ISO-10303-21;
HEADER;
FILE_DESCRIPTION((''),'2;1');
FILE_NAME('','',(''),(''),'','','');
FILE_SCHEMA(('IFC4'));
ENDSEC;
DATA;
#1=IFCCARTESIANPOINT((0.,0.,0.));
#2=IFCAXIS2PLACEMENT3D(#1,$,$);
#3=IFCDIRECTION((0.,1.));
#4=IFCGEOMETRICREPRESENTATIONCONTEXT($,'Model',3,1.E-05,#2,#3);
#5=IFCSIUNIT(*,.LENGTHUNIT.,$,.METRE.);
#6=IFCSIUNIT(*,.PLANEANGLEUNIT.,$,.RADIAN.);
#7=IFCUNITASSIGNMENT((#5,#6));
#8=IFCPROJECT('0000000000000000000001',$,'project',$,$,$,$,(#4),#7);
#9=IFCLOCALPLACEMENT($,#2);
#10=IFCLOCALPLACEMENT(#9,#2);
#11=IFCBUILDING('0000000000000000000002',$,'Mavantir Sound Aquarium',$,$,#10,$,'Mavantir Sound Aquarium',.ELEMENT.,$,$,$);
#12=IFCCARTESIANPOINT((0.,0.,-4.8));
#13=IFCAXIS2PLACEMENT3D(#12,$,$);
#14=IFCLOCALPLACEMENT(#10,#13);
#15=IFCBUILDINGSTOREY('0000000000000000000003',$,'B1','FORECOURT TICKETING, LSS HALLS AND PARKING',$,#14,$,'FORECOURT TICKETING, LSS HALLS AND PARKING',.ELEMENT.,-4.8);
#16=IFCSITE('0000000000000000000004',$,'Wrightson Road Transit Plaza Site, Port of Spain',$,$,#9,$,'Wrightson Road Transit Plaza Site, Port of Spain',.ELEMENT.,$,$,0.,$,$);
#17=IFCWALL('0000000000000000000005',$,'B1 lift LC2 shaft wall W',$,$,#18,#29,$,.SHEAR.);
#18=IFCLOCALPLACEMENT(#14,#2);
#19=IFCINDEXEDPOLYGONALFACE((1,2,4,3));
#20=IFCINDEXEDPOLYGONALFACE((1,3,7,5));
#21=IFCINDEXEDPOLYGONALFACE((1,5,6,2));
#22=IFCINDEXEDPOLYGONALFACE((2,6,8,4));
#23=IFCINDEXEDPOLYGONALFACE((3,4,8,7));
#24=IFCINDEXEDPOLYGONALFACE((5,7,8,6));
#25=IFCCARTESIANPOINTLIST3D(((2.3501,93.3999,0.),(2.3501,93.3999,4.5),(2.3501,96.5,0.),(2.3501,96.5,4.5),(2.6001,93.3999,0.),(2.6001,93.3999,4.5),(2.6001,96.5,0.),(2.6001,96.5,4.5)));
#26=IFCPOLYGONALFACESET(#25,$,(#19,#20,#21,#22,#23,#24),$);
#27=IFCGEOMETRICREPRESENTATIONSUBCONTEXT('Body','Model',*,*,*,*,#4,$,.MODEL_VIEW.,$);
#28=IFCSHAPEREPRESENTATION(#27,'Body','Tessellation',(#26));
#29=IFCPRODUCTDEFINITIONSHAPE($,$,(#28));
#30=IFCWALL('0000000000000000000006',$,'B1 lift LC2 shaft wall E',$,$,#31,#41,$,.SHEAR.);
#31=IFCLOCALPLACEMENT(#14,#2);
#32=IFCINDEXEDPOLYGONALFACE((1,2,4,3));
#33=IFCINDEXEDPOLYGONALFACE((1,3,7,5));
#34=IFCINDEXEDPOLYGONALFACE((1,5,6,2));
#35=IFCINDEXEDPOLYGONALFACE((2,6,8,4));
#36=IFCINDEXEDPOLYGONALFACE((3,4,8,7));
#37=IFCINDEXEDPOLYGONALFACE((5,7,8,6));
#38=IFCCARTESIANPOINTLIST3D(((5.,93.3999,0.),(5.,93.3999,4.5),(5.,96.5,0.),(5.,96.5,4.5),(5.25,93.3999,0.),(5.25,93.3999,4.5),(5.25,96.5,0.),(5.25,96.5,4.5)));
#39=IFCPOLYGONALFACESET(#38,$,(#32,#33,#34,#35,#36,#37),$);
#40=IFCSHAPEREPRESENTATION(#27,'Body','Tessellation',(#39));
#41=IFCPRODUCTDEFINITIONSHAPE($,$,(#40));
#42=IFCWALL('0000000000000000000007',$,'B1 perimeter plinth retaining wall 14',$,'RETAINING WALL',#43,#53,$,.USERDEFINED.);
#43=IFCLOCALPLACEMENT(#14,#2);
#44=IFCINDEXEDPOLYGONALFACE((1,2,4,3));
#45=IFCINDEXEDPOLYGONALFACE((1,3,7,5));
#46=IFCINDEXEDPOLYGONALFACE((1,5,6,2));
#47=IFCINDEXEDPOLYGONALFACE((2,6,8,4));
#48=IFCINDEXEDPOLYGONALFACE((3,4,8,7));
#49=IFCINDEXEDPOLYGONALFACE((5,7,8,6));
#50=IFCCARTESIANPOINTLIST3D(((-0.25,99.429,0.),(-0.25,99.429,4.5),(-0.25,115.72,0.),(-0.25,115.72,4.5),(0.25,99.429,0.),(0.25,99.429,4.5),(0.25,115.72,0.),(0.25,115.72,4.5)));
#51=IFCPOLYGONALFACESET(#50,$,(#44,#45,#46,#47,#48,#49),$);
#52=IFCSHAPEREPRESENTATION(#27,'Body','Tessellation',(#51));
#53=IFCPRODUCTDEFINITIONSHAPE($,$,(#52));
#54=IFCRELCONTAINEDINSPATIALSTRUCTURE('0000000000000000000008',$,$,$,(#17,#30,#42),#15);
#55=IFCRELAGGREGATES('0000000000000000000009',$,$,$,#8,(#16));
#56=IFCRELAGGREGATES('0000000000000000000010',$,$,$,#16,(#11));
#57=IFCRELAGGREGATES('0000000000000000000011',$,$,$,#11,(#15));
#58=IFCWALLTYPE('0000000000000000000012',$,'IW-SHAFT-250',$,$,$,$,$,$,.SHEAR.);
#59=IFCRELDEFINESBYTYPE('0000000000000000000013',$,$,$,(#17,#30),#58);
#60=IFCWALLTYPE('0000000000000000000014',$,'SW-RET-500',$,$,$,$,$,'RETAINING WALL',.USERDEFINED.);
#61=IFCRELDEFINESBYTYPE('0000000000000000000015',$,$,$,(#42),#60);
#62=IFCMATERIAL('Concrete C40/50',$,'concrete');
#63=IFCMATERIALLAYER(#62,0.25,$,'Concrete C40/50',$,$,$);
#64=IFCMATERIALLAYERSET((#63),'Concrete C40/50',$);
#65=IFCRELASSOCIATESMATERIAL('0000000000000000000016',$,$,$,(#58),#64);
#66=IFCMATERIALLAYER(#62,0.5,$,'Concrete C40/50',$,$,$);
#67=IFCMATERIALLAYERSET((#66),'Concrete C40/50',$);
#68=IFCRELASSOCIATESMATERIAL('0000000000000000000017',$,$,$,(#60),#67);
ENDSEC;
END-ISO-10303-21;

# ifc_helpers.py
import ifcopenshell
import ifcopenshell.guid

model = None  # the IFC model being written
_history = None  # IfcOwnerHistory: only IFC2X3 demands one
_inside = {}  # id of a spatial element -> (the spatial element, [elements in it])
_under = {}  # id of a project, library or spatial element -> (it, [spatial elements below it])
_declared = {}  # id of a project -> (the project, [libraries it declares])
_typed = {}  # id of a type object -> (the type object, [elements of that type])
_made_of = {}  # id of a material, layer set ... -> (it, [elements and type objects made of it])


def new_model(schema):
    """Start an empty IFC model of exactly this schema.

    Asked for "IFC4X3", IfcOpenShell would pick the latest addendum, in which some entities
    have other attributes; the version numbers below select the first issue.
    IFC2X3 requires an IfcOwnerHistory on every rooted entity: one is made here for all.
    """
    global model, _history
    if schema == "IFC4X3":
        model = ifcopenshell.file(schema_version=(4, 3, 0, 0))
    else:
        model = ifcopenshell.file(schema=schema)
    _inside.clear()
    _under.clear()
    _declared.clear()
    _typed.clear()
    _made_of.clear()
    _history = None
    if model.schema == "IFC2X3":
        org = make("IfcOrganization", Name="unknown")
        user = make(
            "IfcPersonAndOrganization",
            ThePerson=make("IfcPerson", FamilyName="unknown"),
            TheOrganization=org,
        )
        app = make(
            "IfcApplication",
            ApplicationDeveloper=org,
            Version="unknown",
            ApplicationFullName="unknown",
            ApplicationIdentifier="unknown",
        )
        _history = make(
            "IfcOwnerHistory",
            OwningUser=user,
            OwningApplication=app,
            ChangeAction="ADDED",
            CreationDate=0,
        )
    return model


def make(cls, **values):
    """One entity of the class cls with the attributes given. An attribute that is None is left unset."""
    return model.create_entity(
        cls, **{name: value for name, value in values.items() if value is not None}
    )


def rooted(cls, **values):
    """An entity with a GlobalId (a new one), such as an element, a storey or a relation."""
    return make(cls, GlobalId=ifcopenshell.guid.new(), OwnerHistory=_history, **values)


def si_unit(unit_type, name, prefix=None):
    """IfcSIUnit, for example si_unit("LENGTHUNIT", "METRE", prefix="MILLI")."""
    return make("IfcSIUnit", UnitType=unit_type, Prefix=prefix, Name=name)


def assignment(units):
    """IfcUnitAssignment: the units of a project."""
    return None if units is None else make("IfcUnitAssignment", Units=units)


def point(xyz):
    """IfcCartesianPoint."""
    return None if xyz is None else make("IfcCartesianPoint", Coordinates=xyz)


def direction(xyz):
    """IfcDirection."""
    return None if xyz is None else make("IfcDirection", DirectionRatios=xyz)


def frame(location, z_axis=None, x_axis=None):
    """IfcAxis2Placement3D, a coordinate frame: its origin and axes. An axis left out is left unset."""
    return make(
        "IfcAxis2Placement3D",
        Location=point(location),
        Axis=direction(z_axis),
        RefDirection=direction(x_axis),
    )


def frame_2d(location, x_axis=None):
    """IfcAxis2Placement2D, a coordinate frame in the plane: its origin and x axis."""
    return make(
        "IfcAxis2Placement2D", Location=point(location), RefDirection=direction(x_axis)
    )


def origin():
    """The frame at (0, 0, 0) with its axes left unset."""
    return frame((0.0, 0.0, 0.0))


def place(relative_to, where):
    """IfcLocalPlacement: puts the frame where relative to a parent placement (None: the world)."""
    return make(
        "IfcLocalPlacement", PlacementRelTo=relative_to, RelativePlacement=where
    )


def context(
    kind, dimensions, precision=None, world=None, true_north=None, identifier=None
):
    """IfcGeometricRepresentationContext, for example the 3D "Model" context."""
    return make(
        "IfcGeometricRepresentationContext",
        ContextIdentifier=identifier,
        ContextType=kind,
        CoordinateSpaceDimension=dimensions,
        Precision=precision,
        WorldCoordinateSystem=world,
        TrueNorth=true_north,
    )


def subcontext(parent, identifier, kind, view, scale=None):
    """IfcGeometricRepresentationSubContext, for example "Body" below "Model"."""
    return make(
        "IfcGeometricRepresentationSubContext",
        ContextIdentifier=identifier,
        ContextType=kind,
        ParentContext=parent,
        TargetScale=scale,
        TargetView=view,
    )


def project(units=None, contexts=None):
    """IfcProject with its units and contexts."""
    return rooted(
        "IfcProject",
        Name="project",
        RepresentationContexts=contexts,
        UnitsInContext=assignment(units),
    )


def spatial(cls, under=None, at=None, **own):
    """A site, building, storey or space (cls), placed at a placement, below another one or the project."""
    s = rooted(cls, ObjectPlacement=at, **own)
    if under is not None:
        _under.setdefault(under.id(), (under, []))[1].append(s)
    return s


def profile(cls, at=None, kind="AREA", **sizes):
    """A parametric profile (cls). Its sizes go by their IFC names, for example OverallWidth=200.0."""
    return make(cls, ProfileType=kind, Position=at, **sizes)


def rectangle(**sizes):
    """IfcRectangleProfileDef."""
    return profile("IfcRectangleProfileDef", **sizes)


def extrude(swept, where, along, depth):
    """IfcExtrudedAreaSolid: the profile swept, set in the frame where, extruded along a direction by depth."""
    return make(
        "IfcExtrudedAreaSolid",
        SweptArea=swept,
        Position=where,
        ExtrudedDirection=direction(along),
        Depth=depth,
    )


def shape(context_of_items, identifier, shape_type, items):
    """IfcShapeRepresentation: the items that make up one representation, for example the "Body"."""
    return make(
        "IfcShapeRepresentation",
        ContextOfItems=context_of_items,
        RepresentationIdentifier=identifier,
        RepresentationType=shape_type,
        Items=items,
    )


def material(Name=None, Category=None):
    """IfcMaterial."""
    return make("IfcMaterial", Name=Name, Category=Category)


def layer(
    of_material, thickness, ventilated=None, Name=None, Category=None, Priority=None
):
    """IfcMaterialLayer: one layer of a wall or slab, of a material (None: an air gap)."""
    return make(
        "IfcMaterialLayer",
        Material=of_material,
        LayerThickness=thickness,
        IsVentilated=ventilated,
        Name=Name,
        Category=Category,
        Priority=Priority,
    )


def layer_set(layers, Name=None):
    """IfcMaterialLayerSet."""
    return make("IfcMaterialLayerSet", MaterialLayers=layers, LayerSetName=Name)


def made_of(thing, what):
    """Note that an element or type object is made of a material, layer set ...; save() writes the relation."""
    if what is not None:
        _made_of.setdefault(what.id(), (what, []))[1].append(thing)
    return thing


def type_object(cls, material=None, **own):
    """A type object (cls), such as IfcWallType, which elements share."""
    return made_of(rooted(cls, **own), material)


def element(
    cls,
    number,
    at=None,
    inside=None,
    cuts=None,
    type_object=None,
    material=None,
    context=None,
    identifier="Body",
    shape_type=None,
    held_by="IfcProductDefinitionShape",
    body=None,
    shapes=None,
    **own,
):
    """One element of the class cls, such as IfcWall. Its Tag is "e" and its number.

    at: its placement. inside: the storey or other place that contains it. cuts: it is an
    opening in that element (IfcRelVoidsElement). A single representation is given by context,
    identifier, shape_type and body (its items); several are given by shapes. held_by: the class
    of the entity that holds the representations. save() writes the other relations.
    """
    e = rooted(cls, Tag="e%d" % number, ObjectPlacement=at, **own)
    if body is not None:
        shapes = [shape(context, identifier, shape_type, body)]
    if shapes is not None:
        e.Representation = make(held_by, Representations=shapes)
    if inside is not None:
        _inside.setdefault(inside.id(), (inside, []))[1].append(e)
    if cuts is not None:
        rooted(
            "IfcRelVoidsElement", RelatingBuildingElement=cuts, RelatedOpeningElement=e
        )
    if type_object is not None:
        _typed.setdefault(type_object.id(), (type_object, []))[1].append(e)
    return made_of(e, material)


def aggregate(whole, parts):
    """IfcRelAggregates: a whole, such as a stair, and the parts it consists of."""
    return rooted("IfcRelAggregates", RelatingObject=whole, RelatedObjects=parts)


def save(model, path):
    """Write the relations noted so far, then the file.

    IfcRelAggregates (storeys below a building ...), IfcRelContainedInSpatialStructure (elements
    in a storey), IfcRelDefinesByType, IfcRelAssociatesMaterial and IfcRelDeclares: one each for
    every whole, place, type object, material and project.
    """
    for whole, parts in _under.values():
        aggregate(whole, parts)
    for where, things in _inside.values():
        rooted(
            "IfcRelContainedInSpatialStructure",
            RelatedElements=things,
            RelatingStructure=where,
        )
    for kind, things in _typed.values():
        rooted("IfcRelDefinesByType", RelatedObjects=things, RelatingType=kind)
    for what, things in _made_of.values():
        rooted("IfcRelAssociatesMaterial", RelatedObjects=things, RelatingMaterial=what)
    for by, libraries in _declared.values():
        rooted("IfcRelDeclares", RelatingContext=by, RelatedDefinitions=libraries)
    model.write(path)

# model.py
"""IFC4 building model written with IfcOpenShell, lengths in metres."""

from ifc_helpers import new_model, si_unit, direction, frame, frame_2d, origin, place, context, subcontext, project, spatial, rectangle, extrude, material, layer, layer_set, type_object, element, save


model = new_model("IFC4")

# Units and contexts
model_context = context("Model", 3, precision=1e-05, world=origin(), true_north=direction((0.0, 1.0)))
body_context = subcontext(model_context, "Body", "Model", "MODEL_VIEW")
ifc_project = project(units=[si_unit("LENGTHUNIT", "METRE"), si_unit("PLANEANGLEUNIT", "RADIAN")], contexts=[model_context])

# Site, building, storey
site_placement = place(None, origin())
site = spatial("IfcSite", under=ifc_project, at=site_placement, Name="Wrightson Road Transit Plaza Site, Port of Spain", LongName="Wrightson Road Transit Plaza Site, Port of Spain", CompositionType="ELEMENT", RefElevation=0.0)
building_placement = place(site_placement, origin())
building = spatial("IfcBuilding", under=site, at=building_placement, Name="Mavantir Sound Aquarium", LongName="Mavantir Sound Aquarium", CompositionType="ELEMENT")
storey_placement = place(building_placement, frame((0.0, 0.0, -4.8)))
storey = spatial("IfcBuildingStorey", under=building, at=storey_placement, Name="B1", Description="FORECOURT TICKETING, LSS HALLS AND PARKING", LongName="FORECOURT TICKETING, LSS HALLS AND PARKING", CompositionType="ELEMENT", Elevation=-4.8)

# Shared definitions
ifc_material_1 = material(Name="Concrete C40/50", Category="concrete")

# Shared definitions
ifc_layer_1 = layer(ifc_material_1, 0.25, Name="Concrete C40/50")
ifc_layer_set_1 = layer_set([ifc_layer_1], Name="Concrete C40/50")
wall_type_1 = type_object("IfcWallType", Name="IW-SHAFT-250", PredefinedType="SHEAR", material=ifc_layer_set_1)

# Walls
for number, where, z_axis, x_axis, name in (
    (1, (2.4751, 93.3999, 0.0), (0.0, 0.0, 1.0), (0.0, 1.0, 0.0), "B1 lift LC2 shaft wall W"),
    (2, (5.125, 93.3999, 0.0), (0.0, 0.0, 1.0), (0.0, 1.0, 0.0), "B1 lift LC2 shaft wall E"),
):
    element("IfcWall", number, at=place(storey_placement, frame(where, z_axis=z_axis, x_axis=x_axis)), inside=storey, type_object=wall_type_1, Name=name, PredefinedType="SHEAR", context=body_context, shape_type="SweptSolid", body=[
        extrude(rectangle(XDim=3.1001, YDim=0.25, at=frame_2d((1.55, 0.0))), origin(), (0.0, 0.0, 1.0), 4.5),
    ])
ifc_layer_2 = layer(ifc_material_1, 0.5, Name="Concrete C40/50")
ifc_layer_set_2 = layer_set([ifc_layer_2], Name="Concrete C40/50")
wall_type_2 = type_object("IfcWallType", Name="SW-RET-500", ElementType="RETAINING WALL", PredefinedType="USERDEFINED", material=ifc_layer_set_2)
wall_1_placement = place(storey_placement, frame((0.0, 99.429, 0.0), z_axis=(0.0, 0.0, 1.0), x_axis=(0.0, 1.0, 0.0)))
element("IfcWall", 3, at=wall_1_placement, inside=storey, type_object=wall_type_2, Name="B1 perimeter plinth retaining wall 14", ObjectType="RETAINING WALL", PredefinedType="USERDEFINED", context=body_context, shape_type="SweptSolid", body=[
    extrude(rectangle(XDim=16.291, YDim=0.5, at=frame_2d((8.1455, 0.0))), origin(), (0.0, 0.0, 1.0), 4.5),
])

save(model, "model.ifc")
